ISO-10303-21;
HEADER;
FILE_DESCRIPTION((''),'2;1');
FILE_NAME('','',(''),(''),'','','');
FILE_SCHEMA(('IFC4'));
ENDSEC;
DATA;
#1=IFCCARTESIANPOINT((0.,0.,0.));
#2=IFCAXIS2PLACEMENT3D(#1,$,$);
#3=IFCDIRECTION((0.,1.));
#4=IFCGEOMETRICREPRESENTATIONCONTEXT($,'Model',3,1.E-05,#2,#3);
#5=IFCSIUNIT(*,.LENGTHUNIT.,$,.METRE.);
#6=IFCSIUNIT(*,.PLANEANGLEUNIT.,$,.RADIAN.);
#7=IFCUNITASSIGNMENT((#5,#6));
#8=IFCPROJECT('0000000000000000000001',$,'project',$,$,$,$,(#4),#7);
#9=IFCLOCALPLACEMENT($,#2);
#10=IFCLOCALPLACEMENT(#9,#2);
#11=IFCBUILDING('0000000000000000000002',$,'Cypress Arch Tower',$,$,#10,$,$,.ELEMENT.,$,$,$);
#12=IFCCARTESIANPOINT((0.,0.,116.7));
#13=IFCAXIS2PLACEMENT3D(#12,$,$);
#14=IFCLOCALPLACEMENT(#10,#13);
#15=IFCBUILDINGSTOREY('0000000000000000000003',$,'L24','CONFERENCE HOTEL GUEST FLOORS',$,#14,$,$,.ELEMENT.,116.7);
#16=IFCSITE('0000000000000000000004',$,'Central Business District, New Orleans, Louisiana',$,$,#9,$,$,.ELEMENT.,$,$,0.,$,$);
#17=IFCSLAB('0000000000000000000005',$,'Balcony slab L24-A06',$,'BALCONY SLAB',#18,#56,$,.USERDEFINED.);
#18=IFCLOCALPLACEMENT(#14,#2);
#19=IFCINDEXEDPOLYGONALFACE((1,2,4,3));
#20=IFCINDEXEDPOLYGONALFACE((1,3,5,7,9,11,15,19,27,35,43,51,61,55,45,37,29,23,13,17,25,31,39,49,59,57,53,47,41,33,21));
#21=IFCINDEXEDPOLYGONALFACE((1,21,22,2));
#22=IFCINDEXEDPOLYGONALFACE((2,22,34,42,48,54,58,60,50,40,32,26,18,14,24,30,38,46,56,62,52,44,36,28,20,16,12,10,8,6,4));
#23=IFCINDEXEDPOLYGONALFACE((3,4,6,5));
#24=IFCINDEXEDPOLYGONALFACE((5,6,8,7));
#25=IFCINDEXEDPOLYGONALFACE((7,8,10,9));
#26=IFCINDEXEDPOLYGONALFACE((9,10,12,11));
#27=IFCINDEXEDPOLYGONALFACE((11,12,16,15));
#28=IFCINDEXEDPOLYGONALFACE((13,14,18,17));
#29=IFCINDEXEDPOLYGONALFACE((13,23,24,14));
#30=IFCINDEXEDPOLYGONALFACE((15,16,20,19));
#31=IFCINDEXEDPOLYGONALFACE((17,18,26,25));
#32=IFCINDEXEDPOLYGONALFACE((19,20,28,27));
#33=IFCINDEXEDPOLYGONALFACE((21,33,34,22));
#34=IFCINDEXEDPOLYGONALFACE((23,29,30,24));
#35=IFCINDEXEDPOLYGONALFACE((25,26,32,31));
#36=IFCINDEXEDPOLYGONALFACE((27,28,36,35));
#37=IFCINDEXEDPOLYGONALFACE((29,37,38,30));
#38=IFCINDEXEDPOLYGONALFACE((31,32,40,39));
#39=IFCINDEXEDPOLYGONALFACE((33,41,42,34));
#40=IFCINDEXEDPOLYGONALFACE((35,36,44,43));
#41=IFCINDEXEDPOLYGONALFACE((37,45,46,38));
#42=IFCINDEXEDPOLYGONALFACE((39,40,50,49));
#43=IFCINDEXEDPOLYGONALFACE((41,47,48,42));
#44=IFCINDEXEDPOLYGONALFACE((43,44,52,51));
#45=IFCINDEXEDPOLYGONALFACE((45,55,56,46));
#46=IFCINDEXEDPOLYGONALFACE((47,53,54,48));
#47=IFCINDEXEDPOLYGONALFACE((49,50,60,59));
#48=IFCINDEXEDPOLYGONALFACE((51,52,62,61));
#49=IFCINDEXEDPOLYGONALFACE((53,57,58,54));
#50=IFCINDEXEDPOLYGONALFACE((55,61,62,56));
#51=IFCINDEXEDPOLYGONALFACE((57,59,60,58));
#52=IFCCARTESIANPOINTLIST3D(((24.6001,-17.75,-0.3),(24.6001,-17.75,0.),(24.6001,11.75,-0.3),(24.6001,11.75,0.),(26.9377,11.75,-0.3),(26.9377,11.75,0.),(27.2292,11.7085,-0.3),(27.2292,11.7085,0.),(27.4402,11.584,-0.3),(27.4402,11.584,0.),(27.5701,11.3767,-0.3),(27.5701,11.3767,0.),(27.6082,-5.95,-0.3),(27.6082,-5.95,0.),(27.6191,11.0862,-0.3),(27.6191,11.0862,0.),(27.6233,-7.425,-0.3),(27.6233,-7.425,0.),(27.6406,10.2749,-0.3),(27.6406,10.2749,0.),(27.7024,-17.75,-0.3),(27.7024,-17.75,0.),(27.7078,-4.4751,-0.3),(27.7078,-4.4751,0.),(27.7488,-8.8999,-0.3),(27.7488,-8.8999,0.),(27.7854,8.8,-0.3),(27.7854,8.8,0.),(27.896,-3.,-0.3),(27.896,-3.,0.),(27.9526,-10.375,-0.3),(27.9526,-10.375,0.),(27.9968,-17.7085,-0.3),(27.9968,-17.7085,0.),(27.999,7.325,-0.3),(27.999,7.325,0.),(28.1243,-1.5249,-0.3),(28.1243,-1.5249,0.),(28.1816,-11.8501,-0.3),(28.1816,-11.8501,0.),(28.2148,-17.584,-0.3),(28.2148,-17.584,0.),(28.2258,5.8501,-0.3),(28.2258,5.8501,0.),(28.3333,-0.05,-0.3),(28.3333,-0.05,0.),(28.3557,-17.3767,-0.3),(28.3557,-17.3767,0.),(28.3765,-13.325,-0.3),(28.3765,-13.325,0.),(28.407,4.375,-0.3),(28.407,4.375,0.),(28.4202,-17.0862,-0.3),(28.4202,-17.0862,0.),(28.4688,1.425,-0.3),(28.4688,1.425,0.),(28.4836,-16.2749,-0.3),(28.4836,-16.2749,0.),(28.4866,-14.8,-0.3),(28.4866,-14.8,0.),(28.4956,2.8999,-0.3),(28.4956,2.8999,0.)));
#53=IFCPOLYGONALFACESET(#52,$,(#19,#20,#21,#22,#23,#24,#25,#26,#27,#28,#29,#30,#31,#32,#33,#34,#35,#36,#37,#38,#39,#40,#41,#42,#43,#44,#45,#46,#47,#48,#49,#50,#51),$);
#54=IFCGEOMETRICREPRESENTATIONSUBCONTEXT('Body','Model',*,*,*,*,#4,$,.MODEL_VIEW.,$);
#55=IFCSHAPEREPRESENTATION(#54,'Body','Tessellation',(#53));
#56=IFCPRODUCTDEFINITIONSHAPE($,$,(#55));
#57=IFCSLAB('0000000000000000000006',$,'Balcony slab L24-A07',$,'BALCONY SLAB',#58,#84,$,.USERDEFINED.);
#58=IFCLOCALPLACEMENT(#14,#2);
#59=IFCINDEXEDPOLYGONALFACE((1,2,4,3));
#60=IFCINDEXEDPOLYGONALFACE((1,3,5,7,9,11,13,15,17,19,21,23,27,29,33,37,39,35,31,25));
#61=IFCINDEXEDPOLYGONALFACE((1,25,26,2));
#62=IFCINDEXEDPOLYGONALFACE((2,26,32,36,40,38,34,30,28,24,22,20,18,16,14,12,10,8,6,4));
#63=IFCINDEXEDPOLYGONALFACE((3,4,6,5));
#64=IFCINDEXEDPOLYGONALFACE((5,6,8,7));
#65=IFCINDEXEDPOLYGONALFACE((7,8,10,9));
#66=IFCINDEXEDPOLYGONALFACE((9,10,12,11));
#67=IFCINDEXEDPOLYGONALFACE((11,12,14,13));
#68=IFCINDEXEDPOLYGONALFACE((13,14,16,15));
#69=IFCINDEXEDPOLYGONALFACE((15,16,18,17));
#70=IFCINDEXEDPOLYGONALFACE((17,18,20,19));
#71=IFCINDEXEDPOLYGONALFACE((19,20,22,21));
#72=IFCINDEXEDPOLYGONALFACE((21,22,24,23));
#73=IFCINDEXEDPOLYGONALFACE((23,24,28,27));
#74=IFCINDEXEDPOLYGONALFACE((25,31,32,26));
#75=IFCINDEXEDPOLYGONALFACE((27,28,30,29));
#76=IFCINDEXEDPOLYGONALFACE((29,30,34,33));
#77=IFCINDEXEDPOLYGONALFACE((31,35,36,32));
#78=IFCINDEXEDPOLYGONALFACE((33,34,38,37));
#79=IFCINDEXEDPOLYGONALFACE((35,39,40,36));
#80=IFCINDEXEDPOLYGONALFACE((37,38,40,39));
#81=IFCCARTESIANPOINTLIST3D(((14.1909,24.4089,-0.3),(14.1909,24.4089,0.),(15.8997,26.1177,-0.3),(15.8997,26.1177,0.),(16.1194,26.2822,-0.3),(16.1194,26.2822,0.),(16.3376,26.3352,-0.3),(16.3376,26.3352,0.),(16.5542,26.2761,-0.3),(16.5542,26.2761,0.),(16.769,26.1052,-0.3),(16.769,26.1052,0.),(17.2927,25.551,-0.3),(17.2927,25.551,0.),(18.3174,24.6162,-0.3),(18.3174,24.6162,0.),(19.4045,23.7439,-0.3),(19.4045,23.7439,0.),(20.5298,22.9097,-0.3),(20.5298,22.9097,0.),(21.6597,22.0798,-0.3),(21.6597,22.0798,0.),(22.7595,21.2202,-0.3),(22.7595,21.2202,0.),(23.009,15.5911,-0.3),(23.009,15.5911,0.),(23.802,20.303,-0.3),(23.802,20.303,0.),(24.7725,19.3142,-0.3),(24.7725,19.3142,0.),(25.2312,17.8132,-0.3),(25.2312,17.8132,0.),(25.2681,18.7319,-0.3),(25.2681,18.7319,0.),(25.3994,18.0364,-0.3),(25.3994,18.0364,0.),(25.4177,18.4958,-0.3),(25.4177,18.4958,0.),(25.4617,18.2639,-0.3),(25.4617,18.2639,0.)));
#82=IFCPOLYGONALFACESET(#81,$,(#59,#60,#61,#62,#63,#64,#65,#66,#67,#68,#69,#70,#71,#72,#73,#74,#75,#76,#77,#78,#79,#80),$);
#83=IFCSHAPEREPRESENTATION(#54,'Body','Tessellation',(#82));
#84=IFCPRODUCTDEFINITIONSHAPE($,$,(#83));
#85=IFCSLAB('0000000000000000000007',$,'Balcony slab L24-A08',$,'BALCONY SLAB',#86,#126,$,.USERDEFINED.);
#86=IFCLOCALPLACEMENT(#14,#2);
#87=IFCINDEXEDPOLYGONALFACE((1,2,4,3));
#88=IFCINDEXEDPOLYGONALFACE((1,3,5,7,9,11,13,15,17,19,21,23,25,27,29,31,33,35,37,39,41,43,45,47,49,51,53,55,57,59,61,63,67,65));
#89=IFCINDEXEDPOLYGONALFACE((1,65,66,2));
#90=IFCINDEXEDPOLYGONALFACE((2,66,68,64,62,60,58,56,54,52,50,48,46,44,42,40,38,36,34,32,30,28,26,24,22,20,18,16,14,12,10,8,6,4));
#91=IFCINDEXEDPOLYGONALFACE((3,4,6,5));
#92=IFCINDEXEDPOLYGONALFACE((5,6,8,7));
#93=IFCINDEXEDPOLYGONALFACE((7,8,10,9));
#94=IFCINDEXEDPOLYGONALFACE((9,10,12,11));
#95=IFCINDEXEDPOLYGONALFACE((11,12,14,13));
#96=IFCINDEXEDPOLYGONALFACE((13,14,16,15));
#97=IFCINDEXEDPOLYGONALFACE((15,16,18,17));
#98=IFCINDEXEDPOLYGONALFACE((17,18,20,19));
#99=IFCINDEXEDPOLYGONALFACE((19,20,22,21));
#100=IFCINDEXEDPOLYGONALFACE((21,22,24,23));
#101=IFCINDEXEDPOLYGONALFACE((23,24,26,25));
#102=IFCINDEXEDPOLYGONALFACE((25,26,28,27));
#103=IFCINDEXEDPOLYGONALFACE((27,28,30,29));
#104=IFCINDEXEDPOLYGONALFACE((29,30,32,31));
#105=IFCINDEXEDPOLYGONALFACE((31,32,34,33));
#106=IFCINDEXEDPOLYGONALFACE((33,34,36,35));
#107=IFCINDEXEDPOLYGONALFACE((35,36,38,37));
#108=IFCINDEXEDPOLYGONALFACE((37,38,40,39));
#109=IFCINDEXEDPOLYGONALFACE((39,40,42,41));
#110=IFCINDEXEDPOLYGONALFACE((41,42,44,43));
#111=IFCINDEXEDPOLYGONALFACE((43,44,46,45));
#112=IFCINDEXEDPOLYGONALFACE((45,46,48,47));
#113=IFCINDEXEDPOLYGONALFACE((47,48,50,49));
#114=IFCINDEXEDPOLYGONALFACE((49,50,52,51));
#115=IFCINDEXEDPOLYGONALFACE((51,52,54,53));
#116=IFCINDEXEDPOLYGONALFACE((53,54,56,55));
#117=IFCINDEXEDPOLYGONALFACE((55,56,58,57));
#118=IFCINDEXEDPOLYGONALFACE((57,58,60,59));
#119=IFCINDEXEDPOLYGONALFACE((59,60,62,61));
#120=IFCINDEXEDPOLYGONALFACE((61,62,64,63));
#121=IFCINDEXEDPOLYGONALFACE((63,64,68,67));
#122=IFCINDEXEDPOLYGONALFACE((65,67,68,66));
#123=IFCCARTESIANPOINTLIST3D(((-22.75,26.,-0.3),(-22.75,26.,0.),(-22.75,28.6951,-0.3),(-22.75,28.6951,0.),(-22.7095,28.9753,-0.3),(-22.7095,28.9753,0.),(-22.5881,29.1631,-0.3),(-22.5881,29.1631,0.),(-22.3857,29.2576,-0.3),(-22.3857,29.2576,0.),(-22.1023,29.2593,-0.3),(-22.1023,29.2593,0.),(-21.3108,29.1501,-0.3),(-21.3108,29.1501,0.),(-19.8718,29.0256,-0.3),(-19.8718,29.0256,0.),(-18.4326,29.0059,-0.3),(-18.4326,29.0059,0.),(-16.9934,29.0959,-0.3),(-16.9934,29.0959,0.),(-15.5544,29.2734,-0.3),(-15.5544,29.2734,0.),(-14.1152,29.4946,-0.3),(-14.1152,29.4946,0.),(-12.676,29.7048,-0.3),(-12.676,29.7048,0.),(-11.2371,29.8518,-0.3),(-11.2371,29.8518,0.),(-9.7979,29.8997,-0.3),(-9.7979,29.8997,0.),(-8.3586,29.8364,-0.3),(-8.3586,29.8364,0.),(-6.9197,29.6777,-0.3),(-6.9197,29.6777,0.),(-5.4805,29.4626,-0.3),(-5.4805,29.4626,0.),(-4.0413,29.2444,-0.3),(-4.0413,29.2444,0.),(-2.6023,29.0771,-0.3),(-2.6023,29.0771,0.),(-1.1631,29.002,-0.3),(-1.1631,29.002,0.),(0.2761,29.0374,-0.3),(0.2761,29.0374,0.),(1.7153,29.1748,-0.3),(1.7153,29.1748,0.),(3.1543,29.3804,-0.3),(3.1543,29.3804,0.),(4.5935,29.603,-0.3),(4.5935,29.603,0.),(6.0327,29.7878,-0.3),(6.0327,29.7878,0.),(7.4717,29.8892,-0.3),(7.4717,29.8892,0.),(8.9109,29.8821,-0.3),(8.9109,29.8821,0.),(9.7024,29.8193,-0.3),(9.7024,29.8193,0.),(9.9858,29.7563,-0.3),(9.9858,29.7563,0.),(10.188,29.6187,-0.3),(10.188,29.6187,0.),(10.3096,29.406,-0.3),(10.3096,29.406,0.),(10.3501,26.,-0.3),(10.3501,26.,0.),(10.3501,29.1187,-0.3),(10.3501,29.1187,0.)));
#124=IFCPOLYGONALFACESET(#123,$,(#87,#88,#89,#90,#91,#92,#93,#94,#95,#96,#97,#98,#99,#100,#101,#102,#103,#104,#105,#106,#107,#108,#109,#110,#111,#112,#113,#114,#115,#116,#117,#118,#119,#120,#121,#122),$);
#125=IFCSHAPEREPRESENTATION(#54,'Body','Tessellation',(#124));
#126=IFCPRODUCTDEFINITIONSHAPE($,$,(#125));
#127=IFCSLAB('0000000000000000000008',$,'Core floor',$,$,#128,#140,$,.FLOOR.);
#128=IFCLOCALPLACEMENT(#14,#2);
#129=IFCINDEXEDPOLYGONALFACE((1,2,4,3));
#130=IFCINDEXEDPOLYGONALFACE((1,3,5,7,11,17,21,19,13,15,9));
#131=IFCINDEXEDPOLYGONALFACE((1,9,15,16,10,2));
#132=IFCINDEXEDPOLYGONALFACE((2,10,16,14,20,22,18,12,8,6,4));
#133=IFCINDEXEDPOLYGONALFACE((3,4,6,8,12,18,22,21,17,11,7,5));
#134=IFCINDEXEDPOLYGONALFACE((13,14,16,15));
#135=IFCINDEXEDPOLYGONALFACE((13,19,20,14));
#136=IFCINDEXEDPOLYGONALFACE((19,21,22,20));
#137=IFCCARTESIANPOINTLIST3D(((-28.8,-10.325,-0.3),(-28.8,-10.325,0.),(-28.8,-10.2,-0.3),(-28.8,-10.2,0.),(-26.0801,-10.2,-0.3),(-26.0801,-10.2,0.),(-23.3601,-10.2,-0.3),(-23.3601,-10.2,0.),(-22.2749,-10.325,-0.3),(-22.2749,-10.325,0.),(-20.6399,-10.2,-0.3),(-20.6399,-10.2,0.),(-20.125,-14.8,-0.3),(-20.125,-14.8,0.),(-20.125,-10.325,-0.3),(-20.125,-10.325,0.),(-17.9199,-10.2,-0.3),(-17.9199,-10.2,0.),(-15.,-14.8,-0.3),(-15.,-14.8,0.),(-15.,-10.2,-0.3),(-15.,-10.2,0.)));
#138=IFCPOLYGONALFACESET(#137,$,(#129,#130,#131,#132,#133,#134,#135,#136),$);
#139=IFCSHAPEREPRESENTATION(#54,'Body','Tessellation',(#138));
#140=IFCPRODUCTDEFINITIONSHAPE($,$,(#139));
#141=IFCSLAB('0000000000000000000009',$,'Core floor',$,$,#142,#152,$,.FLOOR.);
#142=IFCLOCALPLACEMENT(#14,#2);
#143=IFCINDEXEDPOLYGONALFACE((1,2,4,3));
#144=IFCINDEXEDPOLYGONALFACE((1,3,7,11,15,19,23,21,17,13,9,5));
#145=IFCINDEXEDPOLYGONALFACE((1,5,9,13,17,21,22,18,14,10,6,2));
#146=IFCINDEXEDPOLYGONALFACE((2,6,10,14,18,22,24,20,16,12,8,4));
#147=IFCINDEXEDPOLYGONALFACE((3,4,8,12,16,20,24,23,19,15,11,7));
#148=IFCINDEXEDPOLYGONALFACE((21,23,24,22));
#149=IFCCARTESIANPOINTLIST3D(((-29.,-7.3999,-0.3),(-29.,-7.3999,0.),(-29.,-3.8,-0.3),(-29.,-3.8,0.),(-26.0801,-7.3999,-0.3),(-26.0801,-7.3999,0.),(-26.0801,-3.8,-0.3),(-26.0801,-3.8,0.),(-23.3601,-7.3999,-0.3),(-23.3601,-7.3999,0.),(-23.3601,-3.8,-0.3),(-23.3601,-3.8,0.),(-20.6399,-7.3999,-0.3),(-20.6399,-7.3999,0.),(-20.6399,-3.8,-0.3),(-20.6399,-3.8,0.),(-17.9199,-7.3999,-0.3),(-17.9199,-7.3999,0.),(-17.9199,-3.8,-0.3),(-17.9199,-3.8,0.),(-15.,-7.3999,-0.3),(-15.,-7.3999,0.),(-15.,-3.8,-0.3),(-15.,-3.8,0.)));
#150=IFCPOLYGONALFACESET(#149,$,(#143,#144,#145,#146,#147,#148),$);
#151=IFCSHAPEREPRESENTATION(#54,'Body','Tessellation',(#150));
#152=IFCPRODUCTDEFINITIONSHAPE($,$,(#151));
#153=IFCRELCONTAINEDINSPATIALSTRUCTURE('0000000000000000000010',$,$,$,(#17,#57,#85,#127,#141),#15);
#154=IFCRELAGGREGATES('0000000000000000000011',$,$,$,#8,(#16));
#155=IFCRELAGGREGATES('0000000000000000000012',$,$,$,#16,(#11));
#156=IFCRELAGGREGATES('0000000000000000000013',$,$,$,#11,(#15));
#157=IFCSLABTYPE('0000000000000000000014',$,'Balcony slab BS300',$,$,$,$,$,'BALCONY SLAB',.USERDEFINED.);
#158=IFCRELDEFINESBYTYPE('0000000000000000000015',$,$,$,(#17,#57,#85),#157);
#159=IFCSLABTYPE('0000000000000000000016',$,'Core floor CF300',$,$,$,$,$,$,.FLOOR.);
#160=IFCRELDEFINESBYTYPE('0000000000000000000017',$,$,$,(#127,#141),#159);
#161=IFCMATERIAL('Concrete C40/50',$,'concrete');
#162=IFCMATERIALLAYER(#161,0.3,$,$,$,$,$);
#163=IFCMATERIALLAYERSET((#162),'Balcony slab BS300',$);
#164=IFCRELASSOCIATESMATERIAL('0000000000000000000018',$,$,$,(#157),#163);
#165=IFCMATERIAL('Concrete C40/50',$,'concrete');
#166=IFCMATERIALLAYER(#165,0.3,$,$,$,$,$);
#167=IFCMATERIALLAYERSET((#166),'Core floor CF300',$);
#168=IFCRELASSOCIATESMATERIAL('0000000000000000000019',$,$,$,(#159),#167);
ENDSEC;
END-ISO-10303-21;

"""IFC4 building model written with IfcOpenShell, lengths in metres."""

from ifc_helpers import new_model, si_unit, direction, frame, origin, place, context, subcontext, project, spatial, polyline, outline, extrude, material, layer, layer_set, type_object, element, save


model = new_model("IFC4")

# Units and contexts
model_context = context("Model", 3, precision=1e-05, world=origin(), true_north=direction((0.0, 1.0)))
body_context = subcontext(model_context, "Body", "Model", "MODEL_VIEW")
ifc_project = project(units=[si_unit("LENGTHUNIT", "METRE"), si_unit("PLANEANGLEUNIT", "RADIAN")], contexts=[model_context])

# Site, building, storey
site_placement = place(None, origin())
site = spatial("IfcSite", under=ifc_project, at=site_placement, Name="Central Business District, New Orleans, Louisiana", CompositionType="ELEMENT", RefElevation=0.0)
building_placement = place(site_placement, origin())
building = spatial("IfcBuilding", under=site, at=building_placement, Name="Cypress Arch Tower", CompositionType="ELEMENT")
storey_placement = place(building_placement, frame((0.0, 0.0, 116.7)))
storey = spatial("IfcBuildingStorey", under=building, at=storey_placement, Name="L24", Description="CONFERENCE HOTEL GUEST FLOORS", CompositionType="ELEMENT", Elevation=116.7)

# Slabs
ifc_material_1 = material(Name="Concrete C40/50", Category="concrete")
ifc_layer_1 = layer(ifc_material_1, 0.3)
ifc_layer_set_1 = layer_set([ifc_layer_1], Name="Balcony slab BS300")
slab_type_1 = type_object("IfcSlabType", Name="Balcony slab BS300", ElementType="BALCONY SLAB", PredefinedType="USERDEFINED", material=ifc_layer_set_1)
slab_1_placement = place(storey_placement, frame((0.0, 0.0, -0.3)))
element("IfcSlab", 1, at=slab_1_placement, inside=storey, type_object=slab_type_1, Name="Balcony slab L24-A06", ObjectType="BALCONY SLAB", PredefinedType="USERDEFINED", context=body_context, shape_type="SweptSolid", body=[
    extrude(outline(polyline([(24.6001, -17.75), (27.7024, -17.75), (27.9968, -17.7085), (28.2148, -17.584), (28.3557, -17.3767), (28.4202, -17.0862), (28.4836, -16.2749), (28.4866, -14.8), (28.3765, -13.325), (28.1816, -11.8501), (27.9526, -10.375), (27.7488, -8.8999), (27.6233, -7.425), (27.6082, -5.95), (27.7078, -4.4751), (27.896, -3.0), (28.1243, -1.5249), (28.3333, -0.05), (28.4688, 1.425), (28.4956, 2.8999), (28.407, 4.375), (28.2258, 5.8501), (27.999, 7.325), (27.7854, 8.8), (27.6406, 10.2749), (27.6191, 11.0862), (27.5701, 11.3767), (27.4402, 11.584), (27.2292, 11.7085), (26.9377, 11.75), (24.6001, 11.75), (24.6001, -17.75)])), origin(), (0.0, 0.0, 1.0), 0.3),
])
slab_2_placement = place(storey_placement, frame((0.0, 0.0, -0.3)))
element("IfcSlab", 2, at=slab_2_placement, inside=storey, type_object=slab_type_1, Name="Balcony slab L24-A07", ObjectType="BALCONY SLAB", PredefinedType="USERDEFINED", context=body_context, shape_type="SweptSolid", body=[
    extrude(outline(polyline([(23.009, 15.5911), (25.2312, 17.8132), (25.3994, 18.0364), (25.4617, 18.2639), (25.4177, 18.4958), (25.2681, 18.7319), (24.7725, 19.3142), (23.802, 20.303), (22.7595, 21.2202), (21.6597, 22.0798), (20.5298, 22.9097), (19.4045, 23.7439), (18.3174, 24.6162), (17.2927, 25.551), (16.769, 26.1052), (16.5542, 26.2761), (16.3376, 26.3352), (16.1194, 26.2822), (15.8997, 26.1177), (14.1909, 24.4089), (23.009, 15.5911)])), origin(), (0.0, 0.0, 1.0), 0.3),
])
slab_3_placement = place(storey_placement, frame((0.0, 0.0, -0.3)))
element("IfcSlab", 3, at=slab_3_placement, inside=storey, type_object=slab_type_1, Name="Balcony slab L24-A08", ObjectType="BALCONY SLAB", PredefinedType="USERDEFINED", context=body_context, shape_type="SweptSolid", body=[
    extrude(outline(polyline([(10.3501, 26.0), (10.3501, 29.1187), (10.3096, 29.406), (10.188, 29.6187), (9.9858, 29.7563), (9.7024, 29.8193), (8.9109, 29.8821), (7.4717, 29.8892), (6.0327, 29.7878), (4.5935, 29.603), (3.1543, 29.3804), (1.7153, 29.1748), (0.2761, 29.0374), (-1.1631, 29.002), (-2.6023, 29.0771), (-4.0413, 29.2444), (-5.4805, 29.4626), (-6.9197, 29.6777), (-8.3586, 29.8364), (-9.7979, 29.8997), (-11.2371, 29.8518), (-12.676, 29.7048), (-14.1152, 29.4946), (-15.5544, 29.2734), (-16.9934, 29.0959), (-18.4326, 29.0059), (-19.8718, 29.0256), (-21.3108, 29.1501), (-22.1023, 29.2593), (-22.3857, 29.2576), (-22.5881, 29.1631), (-22.7095, 28.9753), (-22.75, 28.6951), (-22.75, 26.0), (10.3501, 26.0)])), origin(), (0.0, 0.0, 1.0), 0.3),
])
ifc_material_2 = material(Name="Concrete C40/50", Category="concrete")
ifc_layer_2 = layer(ifc_material_2, 0.3)
ifc_layer_set_2 = layer_set([ifc_layer_2], Name="Core floor CF300")
slab_type_2 = type_object("IfcSlabType", Name="Core floor CF300", PredefinedType="FLOOR", material=ifc_layer_set_2)
slab_4_placement = place(storey_placement, frame((0.0, 0.0, -0.3)))
element("IfcSlab", 4, at=slab_4_placement, inside=storey, type_object=slab_type_2, Name="Core floor", PredefinedType="FLOOR", context=body_context, shape_type="SweptSolid", body=[
    extrude(outline(polyline([(-20.125, -14.8), (-15.0, -14.8), (-15.0, -10.2), (-17.9199, -10.2), (-20.6399, -10.2), (-23.3601, -10.2), (-26.0801, -10.2), (-28.8, -10.2), (-28.8, -10.325), (-22.2749, -10.325), (-20.125, -10.325), (-20.125, -14.8)])), origin(), (0.0, 0.0, 1.0), 0.3),
])
slab_5_placement = place(storey_placement, frame((0.0, 0.0, -0.3)))
element("IfcSlab", 5, at=slab_5_placement, inside=storey, type_object=slab_type_2, Name="Core floor", PredefinedType="FLOOR", context=body_context, shape_type="SweptSolid", body=[
    extrude(outline(polyline([(-29.0, -3.8), (-29.0, -7.3999), (-26.0801, -7.3999), (-23.3601, -7.3999), (-20.6399, -7.3999), (-17.9199, -7.3999), (-15.0, -7.3999), (-15.0, -3.8), (-17.9199, -3.8), (-20.6399, -3.8), (-23.3601, -3.8), (-26.0801, -3.8), (-29.0, -3.8)])), origin(), (0.0, 0.0, 1.0), 0.3),
])

save(model, "model.ifc")
